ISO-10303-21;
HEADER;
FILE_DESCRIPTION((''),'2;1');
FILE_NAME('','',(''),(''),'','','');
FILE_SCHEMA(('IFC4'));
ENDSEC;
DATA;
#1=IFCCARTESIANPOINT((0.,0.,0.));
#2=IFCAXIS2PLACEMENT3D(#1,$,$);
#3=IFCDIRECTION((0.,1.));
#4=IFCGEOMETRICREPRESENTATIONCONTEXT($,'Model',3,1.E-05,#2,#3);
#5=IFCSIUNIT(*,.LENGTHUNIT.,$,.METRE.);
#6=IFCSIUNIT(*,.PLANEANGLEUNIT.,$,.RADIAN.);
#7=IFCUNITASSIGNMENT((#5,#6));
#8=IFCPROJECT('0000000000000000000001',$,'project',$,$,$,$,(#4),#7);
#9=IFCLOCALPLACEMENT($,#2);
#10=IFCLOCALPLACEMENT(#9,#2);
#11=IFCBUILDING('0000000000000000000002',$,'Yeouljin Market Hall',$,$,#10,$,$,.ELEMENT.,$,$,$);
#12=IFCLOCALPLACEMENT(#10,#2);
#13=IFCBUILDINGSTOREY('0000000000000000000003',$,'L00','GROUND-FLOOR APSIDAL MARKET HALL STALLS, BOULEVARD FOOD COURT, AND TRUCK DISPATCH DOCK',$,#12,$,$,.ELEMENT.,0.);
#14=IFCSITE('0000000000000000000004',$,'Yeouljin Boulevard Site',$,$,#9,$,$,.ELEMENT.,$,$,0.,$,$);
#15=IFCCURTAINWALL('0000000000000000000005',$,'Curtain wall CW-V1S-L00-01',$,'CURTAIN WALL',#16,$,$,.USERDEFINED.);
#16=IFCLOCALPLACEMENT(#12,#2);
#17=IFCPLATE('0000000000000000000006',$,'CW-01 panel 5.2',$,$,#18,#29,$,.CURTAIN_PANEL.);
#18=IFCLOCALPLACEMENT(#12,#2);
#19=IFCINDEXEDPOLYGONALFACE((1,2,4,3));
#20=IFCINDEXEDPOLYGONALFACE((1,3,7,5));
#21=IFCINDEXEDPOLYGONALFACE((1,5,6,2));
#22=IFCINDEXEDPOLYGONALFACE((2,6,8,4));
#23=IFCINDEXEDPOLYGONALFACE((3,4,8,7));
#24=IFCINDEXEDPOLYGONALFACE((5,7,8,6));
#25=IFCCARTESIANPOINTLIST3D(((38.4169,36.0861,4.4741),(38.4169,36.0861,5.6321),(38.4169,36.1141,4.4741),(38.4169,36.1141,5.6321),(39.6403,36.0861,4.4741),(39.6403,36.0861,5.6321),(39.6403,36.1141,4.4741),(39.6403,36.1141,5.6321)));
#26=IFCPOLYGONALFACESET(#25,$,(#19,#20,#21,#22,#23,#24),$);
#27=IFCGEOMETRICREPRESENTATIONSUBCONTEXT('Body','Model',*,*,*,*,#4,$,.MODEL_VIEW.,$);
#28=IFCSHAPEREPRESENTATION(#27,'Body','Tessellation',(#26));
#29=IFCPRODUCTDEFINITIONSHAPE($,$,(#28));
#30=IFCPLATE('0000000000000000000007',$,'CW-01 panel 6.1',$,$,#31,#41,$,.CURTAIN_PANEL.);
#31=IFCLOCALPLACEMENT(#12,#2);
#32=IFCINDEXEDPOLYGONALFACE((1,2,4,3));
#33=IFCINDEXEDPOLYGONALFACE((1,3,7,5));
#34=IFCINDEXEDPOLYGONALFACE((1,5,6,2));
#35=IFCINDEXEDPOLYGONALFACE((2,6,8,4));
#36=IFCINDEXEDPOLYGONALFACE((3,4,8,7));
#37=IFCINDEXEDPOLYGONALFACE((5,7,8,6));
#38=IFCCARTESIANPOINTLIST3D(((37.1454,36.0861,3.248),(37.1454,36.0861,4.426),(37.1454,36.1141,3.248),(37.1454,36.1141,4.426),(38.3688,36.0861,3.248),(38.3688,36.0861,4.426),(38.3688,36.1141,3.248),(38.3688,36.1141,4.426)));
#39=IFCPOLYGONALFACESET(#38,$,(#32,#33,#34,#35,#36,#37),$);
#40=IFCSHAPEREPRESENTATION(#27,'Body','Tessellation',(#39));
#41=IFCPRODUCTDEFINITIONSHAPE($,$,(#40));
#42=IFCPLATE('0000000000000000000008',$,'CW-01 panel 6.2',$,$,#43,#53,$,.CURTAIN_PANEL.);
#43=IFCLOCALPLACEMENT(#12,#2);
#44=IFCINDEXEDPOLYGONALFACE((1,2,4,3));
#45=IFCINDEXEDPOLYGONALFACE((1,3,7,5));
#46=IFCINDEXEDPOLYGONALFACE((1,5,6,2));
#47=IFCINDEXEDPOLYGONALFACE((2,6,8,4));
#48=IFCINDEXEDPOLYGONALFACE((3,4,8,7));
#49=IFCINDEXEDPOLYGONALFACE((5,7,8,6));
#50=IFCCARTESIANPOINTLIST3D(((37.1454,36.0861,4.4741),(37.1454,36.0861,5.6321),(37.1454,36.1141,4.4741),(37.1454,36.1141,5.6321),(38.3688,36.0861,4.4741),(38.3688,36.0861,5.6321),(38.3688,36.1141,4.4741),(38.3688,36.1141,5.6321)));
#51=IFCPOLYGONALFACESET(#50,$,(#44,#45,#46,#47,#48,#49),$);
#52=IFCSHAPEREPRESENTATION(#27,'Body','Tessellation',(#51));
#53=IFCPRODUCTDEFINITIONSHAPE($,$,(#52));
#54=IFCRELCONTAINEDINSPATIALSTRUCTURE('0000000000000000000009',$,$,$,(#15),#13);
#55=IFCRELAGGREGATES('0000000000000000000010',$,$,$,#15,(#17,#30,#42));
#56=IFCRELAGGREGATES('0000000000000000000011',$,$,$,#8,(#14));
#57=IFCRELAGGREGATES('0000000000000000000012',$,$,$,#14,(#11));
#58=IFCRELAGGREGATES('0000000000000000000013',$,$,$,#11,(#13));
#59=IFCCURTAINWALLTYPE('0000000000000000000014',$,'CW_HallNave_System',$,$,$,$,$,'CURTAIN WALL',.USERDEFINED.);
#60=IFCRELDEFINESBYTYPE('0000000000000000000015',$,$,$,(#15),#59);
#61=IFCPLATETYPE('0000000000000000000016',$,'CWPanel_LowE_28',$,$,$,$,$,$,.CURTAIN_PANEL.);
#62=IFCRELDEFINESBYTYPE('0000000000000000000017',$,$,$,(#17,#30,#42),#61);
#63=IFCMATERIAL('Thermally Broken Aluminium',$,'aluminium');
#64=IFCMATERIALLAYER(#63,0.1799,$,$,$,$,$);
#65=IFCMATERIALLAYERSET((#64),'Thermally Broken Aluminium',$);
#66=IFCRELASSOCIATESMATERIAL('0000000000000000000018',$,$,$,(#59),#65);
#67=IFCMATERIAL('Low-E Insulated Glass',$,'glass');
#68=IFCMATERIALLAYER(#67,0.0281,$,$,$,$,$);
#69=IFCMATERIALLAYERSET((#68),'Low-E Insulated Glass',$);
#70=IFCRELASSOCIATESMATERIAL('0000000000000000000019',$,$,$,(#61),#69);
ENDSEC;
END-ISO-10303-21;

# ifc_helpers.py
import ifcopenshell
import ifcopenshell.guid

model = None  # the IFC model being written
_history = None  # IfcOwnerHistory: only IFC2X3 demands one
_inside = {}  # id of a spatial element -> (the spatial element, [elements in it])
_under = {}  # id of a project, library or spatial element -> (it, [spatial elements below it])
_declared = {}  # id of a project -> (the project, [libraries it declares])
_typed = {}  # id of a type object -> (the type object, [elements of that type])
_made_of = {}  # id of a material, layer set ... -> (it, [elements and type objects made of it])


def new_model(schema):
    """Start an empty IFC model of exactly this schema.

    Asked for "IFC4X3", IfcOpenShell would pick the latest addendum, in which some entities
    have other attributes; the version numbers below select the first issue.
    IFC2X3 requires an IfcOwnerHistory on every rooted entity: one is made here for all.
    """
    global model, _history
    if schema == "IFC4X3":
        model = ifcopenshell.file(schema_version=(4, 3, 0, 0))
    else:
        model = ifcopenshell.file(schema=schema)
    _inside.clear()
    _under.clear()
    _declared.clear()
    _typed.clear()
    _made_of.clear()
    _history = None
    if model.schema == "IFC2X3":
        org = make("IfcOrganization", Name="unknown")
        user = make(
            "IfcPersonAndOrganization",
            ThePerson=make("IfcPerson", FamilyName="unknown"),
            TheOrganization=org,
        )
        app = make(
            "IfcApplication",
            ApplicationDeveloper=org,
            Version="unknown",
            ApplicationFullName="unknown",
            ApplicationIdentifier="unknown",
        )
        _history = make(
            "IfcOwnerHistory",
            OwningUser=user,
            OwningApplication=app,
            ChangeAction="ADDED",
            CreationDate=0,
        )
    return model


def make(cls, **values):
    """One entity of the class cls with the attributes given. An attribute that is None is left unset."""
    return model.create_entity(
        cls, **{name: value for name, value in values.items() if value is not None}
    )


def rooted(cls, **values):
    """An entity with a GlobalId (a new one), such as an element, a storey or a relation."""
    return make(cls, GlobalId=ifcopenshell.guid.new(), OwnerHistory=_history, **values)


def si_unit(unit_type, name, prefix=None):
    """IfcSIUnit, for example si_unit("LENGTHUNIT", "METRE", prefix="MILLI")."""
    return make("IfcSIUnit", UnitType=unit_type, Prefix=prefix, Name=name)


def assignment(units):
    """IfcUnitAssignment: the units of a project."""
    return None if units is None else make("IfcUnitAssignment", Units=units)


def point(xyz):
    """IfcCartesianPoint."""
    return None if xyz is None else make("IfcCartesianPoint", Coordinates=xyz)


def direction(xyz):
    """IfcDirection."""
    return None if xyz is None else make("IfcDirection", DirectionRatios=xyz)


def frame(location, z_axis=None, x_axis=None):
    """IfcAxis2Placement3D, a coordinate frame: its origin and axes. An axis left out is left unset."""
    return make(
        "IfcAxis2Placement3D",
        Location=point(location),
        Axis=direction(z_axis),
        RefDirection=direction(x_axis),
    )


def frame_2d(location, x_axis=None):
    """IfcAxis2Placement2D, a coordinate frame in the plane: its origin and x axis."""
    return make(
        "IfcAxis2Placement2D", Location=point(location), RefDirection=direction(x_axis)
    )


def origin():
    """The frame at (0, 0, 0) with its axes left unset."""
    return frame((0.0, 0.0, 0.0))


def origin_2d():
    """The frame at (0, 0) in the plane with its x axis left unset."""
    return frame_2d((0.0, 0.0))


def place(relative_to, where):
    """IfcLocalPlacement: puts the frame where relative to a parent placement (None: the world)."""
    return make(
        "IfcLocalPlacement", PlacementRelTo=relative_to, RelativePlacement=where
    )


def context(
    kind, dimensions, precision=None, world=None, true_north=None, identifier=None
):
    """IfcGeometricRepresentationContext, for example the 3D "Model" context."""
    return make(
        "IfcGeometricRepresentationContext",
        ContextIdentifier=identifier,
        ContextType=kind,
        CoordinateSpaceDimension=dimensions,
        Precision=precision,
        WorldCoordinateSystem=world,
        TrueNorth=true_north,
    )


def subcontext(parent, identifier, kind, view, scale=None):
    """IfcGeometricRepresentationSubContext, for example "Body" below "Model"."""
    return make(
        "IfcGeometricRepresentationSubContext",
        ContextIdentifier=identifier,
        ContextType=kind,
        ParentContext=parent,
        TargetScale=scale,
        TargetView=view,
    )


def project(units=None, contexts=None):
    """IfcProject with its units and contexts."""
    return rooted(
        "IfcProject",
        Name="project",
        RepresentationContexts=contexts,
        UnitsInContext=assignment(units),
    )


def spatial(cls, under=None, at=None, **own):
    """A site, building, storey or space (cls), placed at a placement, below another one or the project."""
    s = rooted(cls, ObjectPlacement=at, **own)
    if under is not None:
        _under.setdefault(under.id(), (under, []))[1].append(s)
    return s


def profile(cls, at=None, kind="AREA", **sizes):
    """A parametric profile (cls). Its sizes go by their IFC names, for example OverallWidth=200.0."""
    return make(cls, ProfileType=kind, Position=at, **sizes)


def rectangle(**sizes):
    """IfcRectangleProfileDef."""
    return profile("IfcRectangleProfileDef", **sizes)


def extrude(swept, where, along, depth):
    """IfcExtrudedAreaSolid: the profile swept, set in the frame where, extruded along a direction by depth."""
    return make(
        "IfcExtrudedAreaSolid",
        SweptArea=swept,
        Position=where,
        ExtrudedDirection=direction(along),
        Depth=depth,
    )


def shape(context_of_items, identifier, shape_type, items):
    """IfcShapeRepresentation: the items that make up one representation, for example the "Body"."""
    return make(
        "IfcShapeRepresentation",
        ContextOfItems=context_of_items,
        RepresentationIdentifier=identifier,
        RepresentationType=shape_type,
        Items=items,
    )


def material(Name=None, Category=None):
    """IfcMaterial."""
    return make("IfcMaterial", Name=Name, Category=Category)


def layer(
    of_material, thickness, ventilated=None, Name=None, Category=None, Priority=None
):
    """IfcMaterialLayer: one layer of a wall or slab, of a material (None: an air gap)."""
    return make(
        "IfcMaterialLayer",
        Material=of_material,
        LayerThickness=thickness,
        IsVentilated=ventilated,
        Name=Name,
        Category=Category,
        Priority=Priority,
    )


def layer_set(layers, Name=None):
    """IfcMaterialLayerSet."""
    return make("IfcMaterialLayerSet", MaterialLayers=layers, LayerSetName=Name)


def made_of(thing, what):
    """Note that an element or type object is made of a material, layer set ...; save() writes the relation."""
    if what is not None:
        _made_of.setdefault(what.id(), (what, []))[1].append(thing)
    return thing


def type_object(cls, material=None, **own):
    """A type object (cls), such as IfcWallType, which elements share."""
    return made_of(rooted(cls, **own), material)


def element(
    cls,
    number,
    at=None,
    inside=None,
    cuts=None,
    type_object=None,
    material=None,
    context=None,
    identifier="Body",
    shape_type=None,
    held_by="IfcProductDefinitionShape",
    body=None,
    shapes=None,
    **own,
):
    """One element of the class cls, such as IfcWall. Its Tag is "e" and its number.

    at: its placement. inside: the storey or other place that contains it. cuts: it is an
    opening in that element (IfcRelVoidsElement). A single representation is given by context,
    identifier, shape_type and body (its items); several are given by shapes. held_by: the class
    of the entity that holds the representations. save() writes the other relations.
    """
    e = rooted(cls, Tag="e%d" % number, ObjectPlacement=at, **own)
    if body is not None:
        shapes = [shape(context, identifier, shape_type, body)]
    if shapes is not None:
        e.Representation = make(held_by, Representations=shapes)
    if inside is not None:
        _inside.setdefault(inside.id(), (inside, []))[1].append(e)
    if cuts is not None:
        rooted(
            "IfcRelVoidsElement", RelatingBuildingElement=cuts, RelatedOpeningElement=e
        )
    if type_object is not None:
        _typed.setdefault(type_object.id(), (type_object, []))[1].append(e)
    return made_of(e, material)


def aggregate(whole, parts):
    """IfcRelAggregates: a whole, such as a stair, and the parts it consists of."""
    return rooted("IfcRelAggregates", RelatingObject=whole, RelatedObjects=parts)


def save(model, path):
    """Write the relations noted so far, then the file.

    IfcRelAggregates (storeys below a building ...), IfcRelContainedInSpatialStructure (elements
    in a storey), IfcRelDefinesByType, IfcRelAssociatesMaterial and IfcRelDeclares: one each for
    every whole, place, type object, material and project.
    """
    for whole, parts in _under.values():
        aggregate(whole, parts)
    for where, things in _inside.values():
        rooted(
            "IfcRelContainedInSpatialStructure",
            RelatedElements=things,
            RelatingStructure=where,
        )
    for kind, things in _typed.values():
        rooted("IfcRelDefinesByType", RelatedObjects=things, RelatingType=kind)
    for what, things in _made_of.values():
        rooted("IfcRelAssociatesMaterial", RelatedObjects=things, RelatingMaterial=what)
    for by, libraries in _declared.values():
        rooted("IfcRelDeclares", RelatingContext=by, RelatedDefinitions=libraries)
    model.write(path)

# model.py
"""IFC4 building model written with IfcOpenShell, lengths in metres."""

from ifc_helpers import new_model, si_unit, direction, frame, origin, origin_2d, place, context, subcontext, project, spatial, rectangle, extrude, material, layer, layer_set, type_object, element, aggregate, save


model = new_model("IFC4")

# Units and contexts
model_context = context("Model", 3, precision=1e-05, world=origin(), true_north=direction((0.0, 1.0)))
body_context = subcontext(model_context, "Body", "Model", "MODEL_VIEW")
ifc_project = project(units=[si_unit("LENGTHUNIT", "METRE"), si_unit("PLANEANGLEUNIT", "RADIAN")], contexts=[model_context])

# Site, building, storey
site_placement = place(None, origin())
site = spatial("IfcSite", under=ifc_project, at=site_placement, Name="Yeouljin Boulevard Site", CompositionType="ELEMENT", RefElevation=0.0)
building_placement = place(site_placement, origin())
building = spatial("IfcBuilding", under=site, at=building_placement, Name="Yeouljin Market Hall", CompositionType="ELEMENT")
storey_placement = place(building_placement, origin())
storey = spatial("IfcBuildingStorey", under=building, at=storey_placement, Name="L00", Description="GROUND-FLOOR APSIDAL MARKET HALL STALLS, BOULEVARD FOOD COURT, AND TRUCK DISPATCH DOCK", CompositionType="ELEMENT", Elevation=0.0)

# Curtain wall
ifc_material_1 = material(Name="Thermally Broken Aluminium", Category="aluminium")
ifc_layer_1 = layer(ifc_material_1, 0.1799)
ifc_layer_set_1 = layer_set([ifc_layer_1], Name="Thermally Broken Aluminium")
curtain_wall_type_1 = type_object("IfcCurtainWallType", Name="CW_HallNave_System", ElementType="CURTAIN WALL", PredefinedType="USERDEFINED", material=ifc_layer_set_1)
curtain_wall_1_placement = place(storey_placement, origin())
curtain_wall_1 = element("IfcCurtainWall", 1, at=curtain_wall_1_placement, inside=storey, type_object=curtain_wall_type_1, Name="Curtain wall CW-V1S-L00-01", ObjectType="CURTAIN WALL", PredefinedType="USERDEFINED")

# Plates
ifc_material_2 = material(Name="Low-E Insulated Glass", Category="glass")
ifc_layer_2 = layer(ifc_material_2, 0.0281)
ifc_layer_set_2 = layer_set([ifc_layer_2], Name="Low-E Insulated Glass")
plate_type = type_object("IfcPlateType", Name="CWPanel_LowE_28", PredefinedType="CURTAIN_PANEL", material=ifc_layer_set_2)
plate_1_placement = place(storey_placement, frame((39.0286, 36.1001, 4.4741), z_axis=(0.0, 0.0, 1.0), x_axis=(-1.0, 0.0, 0.0)))
plate_1 = element("IfcPlate", 2, at=plate_1_placement, type_object=plate_type, Name="CW-01 panel 5.2", PredefinedType="CURTAIN_PANEL", context=body_context, shape_type="SweptSolid", body=[
    extrude(rectangle(XDim=1.2234, YDim=0.0281, at=origin_2d()), origin(), (0.0, 0.0, 1.0), 1.158),
])
plate_2_placement = place(storey_placement, frame((37.7571, 36.1001, 3.248), z_axis=(0.0, 0.0, 1.0), x_axis=(-1.0, 0.0, 0.0)))
plate_2 = element("IfcPlate", 3, at=plate_2_placement, type_object=plate_type, Name="CW-01 panel 6.1", PredefinedType="CURTAIN_PANEL", context=body_context, shape_type="SweptSolid", body=[
    extrude(rectangle(XDim=1.2234, YDim=0.0281, at=origin_2d()), origin(), (0.0, 0.0, 1.0), 1.178),
])
plate_3_placement = place(storey_placement, frame((37.7571, 36.1001, 4.4741), z_axis=(0.0, 0.0, 1.0), x_axis=(-1.0, 0.0, 0.0)))
plate_3 = element("IfcPlate", 4, at=plate_3_placement, type_object=plate_type, Name="CW-01 panel 6.2", PredefinedType="CURTAIN_PANEL", context=body_context, shape_type="SweptSolid", body=[
    extrude(rectangle(XDim=1.2234, YDim=0.0281, at=origin_2d()), origin(), (0.0, 0.0, 1.0), 1.158),
])
aggregate(curtain_wall_1, [plate_1, plate_2, plate_3])

save(model, "model.ifc")
